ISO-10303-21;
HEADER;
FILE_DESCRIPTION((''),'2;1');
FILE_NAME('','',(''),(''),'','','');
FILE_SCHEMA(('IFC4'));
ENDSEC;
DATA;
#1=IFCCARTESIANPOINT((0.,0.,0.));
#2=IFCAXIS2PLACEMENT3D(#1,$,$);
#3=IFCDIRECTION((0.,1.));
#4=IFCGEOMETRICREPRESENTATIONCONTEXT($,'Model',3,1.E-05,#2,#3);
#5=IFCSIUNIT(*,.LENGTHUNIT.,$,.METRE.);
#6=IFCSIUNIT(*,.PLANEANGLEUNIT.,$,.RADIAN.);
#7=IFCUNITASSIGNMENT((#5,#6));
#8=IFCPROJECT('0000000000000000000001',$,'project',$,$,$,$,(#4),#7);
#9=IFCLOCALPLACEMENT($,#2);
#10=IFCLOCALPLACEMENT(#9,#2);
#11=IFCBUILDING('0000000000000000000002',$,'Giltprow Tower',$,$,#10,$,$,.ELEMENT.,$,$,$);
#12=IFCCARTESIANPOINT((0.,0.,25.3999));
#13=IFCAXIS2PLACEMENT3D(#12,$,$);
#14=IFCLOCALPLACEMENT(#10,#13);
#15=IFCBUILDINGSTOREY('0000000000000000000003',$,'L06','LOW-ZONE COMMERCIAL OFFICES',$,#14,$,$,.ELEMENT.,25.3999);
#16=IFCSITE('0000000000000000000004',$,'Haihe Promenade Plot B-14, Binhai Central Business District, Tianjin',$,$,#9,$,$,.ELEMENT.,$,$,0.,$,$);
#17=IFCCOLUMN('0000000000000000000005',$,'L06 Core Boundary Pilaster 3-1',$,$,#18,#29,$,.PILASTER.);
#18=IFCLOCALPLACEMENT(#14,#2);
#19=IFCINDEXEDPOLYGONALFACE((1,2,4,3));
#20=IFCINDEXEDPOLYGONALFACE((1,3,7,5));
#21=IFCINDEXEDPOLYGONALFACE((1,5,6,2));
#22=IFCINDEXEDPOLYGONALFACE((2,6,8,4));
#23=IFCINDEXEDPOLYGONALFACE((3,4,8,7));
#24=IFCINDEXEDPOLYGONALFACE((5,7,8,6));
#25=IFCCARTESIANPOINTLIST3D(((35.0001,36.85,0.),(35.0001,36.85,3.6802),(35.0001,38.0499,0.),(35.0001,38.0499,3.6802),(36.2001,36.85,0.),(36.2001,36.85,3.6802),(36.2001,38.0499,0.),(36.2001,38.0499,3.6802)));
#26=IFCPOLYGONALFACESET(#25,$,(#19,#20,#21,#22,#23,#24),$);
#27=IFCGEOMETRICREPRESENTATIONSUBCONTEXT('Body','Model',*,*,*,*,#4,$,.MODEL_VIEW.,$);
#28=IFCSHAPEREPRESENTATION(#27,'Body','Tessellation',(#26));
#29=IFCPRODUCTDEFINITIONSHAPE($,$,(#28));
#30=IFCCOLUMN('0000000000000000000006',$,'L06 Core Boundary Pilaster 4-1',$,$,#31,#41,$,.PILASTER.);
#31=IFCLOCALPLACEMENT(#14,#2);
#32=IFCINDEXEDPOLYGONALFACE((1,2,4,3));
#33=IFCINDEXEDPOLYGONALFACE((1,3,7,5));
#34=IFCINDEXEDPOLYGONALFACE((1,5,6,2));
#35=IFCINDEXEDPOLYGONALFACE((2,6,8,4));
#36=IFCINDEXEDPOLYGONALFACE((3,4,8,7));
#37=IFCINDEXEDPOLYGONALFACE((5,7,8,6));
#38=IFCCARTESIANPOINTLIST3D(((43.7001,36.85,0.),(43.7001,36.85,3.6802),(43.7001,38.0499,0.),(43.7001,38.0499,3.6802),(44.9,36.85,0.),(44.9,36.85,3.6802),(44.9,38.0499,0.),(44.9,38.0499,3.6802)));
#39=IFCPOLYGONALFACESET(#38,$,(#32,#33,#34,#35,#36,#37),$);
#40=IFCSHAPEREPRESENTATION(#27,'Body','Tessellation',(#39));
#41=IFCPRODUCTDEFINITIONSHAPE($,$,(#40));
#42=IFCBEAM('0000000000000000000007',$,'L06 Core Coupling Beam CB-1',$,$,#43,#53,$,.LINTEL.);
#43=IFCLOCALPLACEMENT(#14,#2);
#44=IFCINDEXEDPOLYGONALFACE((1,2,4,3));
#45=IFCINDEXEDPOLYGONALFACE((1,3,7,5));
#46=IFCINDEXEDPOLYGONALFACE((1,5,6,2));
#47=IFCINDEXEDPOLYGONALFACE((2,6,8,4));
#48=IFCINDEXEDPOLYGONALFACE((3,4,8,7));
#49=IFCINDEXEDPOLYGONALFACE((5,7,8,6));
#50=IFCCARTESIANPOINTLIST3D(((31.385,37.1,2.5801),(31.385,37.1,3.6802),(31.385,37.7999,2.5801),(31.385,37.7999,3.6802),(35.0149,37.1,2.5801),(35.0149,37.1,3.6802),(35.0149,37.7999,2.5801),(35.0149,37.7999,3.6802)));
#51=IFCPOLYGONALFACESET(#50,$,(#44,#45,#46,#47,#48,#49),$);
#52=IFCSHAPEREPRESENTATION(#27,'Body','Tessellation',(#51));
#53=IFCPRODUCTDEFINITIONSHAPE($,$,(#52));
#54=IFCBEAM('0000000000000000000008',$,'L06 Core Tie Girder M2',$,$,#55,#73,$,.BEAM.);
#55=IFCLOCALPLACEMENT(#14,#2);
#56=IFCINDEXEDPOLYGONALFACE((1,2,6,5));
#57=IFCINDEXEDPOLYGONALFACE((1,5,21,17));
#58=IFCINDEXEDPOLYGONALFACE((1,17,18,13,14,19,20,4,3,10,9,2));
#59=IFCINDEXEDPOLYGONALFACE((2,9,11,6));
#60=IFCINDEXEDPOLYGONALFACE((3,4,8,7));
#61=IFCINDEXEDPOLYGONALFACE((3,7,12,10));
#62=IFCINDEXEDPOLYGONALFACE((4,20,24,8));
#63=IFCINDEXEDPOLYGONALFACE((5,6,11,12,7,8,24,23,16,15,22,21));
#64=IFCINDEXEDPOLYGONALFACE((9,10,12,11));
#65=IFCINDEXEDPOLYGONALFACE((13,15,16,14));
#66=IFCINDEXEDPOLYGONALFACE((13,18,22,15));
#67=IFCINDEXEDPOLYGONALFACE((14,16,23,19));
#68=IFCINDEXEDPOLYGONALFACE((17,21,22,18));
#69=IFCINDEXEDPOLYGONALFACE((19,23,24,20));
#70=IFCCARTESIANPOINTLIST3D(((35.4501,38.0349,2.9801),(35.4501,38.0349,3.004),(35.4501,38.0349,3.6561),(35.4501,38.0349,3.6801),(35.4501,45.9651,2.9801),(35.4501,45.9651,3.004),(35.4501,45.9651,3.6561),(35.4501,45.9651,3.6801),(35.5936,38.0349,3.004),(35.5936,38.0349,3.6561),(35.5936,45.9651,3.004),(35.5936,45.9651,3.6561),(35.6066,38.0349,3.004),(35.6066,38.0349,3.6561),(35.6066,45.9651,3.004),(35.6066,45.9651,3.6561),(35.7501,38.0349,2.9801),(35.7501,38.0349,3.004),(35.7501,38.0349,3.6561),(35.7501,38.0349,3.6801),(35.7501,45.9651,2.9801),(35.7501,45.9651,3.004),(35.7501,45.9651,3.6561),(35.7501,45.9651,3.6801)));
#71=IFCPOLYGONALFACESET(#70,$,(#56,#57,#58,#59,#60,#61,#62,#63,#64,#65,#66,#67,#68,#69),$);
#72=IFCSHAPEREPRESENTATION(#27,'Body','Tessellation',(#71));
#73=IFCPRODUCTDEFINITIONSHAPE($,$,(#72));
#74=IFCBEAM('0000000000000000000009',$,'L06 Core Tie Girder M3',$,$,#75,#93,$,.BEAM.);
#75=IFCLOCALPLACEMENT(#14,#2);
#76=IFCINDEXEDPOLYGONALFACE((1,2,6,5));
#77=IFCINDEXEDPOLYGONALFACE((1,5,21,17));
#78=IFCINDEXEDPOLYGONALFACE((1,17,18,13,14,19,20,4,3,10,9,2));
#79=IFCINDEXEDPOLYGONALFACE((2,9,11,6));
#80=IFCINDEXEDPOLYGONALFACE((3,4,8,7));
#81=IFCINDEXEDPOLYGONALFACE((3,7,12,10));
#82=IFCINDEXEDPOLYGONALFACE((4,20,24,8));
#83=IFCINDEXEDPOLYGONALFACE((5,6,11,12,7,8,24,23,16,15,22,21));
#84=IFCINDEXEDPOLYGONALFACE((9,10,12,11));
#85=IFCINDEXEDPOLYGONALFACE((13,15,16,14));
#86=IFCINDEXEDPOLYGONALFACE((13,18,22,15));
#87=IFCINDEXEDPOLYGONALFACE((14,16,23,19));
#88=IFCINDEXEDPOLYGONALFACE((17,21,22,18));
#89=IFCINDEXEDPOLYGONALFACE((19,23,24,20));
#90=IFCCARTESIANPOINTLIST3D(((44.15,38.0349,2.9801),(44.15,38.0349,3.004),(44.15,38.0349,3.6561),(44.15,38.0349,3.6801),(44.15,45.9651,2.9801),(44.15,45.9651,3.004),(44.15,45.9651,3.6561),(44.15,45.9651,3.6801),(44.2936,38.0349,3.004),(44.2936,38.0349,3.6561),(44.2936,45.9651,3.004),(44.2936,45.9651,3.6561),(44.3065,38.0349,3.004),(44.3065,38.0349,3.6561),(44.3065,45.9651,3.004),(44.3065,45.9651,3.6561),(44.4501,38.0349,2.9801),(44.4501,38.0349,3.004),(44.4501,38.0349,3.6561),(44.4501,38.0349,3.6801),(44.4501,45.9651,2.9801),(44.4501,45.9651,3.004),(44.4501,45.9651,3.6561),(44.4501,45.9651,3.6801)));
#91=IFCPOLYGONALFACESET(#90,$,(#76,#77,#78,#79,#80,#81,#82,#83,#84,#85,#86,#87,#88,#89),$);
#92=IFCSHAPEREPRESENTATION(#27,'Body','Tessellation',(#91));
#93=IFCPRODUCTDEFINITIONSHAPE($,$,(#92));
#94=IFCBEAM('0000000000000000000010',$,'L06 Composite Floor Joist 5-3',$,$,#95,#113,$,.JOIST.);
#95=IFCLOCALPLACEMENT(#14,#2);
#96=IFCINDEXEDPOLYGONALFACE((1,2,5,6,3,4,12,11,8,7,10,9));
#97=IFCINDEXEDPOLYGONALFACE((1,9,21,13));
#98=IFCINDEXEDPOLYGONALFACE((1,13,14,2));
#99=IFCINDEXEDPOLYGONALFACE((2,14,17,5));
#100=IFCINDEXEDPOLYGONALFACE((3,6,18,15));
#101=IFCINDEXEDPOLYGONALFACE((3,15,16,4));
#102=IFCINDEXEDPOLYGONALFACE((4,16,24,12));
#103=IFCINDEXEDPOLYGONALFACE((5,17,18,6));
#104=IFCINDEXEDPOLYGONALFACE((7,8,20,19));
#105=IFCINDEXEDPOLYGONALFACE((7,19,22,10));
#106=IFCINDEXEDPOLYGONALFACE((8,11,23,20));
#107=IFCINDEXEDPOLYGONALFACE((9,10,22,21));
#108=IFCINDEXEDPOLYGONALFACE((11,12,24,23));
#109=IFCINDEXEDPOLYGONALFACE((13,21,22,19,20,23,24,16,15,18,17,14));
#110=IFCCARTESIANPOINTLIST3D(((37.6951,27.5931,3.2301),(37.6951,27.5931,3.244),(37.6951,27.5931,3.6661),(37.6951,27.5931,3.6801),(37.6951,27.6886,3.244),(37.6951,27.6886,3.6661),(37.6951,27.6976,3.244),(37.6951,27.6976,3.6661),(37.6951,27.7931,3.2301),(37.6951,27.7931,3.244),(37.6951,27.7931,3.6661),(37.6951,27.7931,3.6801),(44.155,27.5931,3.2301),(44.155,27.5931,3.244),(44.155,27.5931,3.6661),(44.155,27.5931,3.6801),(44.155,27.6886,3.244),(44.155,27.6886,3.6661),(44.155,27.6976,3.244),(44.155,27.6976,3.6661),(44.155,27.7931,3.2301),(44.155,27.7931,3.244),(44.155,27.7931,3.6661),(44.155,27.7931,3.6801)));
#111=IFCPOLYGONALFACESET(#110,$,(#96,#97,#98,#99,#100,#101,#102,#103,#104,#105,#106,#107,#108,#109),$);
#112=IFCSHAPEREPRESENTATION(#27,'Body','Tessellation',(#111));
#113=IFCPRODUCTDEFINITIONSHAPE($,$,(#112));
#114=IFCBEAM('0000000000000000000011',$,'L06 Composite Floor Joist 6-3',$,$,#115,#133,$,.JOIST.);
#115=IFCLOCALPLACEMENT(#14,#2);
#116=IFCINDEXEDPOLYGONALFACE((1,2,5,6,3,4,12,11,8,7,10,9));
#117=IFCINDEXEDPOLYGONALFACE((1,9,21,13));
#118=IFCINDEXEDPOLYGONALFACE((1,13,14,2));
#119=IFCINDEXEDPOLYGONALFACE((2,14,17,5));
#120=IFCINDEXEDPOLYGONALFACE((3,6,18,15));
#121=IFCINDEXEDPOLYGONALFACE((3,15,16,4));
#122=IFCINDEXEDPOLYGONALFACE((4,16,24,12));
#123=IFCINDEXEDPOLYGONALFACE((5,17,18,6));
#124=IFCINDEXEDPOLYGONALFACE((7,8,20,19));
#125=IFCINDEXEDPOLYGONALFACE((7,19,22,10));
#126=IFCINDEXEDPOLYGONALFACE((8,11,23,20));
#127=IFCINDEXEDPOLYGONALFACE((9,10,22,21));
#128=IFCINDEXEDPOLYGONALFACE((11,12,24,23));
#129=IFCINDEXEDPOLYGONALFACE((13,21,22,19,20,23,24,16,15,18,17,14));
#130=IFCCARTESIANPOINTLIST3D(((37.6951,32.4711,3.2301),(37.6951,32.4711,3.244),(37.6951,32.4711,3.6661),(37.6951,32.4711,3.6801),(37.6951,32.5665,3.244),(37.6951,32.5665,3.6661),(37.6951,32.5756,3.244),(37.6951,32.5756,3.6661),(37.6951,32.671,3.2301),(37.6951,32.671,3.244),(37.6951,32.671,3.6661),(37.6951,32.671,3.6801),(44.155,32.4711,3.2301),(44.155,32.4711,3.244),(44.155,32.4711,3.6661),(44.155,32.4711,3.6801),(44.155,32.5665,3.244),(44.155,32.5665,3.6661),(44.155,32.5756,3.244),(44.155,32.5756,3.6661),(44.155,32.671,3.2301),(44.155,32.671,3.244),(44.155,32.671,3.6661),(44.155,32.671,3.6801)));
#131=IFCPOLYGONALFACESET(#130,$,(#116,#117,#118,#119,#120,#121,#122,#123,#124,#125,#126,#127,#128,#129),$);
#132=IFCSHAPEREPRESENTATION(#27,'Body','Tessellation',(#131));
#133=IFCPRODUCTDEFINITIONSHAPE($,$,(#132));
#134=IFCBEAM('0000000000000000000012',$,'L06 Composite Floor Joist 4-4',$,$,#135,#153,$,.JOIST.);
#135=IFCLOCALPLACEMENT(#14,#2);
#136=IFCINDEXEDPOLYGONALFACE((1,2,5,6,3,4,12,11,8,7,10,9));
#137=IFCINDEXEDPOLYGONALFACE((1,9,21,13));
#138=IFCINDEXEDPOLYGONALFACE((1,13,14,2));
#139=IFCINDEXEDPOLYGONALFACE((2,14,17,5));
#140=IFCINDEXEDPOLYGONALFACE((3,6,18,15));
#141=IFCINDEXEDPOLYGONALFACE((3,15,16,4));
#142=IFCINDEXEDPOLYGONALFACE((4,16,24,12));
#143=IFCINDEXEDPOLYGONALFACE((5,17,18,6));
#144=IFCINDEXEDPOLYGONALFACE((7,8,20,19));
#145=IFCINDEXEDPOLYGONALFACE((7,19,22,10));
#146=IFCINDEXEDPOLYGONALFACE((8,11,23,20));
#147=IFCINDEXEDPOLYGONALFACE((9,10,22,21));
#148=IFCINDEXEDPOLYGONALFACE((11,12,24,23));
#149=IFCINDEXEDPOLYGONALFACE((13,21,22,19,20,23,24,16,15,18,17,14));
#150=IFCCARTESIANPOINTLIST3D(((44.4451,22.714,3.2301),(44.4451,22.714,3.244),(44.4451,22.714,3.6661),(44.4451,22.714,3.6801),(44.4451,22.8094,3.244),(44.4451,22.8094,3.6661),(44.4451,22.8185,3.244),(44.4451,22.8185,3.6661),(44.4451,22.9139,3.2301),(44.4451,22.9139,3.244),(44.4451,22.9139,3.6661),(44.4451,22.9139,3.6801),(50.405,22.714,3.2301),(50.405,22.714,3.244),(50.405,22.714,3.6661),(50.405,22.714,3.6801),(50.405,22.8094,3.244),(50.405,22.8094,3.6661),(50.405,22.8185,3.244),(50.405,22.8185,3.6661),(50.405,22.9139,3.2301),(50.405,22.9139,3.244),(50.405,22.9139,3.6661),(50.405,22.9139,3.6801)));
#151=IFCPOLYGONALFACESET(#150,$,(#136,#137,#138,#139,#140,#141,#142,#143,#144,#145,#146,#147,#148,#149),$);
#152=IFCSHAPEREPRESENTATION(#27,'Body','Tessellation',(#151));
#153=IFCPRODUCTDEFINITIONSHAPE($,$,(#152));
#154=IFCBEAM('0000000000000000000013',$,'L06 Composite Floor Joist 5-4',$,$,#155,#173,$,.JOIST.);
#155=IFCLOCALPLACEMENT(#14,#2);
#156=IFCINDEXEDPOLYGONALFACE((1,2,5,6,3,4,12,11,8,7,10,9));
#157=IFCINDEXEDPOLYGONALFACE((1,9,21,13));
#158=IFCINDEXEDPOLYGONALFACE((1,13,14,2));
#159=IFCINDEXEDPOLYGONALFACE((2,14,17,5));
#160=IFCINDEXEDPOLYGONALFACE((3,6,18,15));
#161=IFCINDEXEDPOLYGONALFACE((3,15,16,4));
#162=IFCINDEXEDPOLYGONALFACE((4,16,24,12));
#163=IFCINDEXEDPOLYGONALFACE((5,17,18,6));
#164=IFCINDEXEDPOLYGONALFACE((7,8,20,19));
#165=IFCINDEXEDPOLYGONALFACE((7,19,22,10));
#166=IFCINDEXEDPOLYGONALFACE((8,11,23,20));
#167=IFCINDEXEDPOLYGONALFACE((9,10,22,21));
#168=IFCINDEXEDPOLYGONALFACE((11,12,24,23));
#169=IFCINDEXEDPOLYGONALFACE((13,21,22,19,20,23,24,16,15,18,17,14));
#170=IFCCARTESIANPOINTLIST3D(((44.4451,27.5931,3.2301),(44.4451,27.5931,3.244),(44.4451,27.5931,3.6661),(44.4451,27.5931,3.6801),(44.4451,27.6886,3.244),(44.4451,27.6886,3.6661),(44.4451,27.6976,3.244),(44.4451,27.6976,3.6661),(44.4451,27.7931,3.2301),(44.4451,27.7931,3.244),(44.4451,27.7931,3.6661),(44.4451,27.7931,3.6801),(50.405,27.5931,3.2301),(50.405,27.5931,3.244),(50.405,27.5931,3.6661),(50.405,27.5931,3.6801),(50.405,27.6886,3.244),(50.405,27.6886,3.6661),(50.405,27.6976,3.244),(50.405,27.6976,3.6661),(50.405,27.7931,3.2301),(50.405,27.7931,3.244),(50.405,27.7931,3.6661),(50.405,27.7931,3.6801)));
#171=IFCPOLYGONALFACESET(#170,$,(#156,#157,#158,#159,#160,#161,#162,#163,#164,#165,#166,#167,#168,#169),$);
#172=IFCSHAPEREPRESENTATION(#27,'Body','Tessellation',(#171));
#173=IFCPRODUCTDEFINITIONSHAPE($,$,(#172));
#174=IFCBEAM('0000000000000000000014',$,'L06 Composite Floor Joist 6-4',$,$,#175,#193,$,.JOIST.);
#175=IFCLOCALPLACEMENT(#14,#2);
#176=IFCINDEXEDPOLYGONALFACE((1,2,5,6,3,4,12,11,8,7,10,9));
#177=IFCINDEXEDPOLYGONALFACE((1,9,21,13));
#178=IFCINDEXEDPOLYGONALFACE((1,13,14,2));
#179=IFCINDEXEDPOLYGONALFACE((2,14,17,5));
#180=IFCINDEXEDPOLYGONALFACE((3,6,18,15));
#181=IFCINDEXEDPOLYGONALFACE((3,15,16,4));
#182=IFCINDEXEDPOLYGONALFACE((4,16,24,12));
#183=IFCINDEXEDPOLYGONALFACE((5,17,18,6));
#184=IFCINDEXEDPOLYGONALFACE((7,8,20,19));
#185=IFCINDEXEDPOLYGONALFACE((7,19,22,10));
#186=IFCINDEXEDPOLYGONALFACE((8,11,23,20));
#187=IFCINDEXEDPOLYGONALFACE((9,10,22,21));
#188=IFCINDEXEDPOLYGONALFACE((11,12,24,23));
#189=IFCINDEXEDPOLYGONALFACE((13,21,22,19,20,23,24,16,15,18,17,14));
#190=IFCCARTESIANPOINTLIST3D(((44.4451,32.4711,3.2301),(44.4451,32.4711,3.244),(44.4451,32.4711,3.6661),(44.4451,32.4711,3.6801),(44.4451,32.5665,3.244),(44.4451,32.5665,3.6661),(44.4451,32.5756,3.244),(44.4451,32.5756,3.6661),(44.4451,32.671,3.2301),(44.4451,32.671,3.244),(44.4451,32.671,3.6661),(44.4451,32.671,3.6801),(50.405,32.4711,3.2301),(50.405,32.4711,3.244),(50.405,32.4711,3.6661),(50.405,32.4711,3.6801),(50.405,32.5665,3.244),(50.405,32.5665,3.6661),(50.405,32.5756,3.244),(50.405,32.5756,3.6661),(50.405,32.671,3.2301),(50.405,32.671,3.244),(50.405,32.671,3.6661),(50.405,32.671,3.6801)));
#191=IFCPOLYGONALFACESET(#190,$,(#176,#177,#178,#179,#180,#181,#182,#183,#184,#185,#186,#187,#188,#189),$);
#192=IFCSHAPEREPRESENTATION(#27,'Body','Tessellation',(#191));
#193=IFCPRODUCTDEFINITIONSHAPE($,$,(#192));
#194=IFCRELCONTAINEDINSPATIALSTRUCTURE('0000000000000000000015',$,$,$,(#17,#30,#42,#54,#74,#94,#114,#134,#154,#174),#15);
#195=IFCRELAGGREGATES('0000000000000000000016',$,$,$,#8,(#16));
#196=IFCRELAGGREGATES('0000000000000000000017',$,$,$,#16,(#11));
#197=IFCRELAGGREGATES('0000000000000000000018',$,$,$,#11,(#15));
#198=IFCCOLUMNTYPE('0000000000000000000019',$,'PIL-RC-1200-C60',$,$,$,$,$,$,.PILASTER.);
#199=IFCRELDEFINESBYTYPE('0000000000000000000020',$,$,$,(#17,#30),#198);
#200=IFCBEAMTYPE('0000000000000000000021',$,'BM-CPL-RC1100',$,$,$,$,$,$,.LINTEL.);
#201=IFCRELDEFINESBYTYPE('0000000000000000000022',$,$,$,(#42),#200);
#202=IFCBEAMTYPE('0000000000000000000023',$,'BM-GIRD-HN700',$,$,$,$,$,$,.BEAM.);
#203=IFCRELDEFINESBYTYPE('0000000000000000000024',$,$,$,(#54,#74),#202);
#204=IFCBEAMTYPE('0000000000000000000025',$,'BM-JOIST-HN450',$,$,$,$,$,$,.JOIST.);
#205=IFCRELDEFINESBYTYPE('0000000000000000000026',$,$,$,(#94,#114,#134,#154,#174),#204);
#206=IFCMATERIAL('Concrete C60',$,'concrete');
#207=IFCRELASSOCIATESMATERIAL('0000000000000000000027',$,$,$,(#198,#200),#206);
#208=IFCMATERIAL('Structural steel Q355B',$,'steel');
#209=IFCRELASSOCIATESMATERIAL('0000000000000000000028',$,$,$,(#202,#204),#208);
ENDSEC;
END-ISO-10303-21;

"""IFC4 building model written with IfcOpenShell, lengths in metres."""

from ifc_helpers import new_model, si_unit, direction, frame, origin, origin_2d, place, context, subcontext, project, spatial, rectangle, i_section, extrude, source, transform, mapped, material, material_profile, profile_set, type_object, element, save


model = new_model("IFC4")

# Units and contexts
model_context = context("Model", 3, precision=1e-05, world=origin(), true_north=direction((0.0, 1.0)))
body_context = subcontext(model_context, "Body", "Model", "MODEL_VIEW")
ifc_project = project(units=[si_unit("LENGTHUNIT", "METRE"), si_unit("PLANEANGLEUNIT", "RADIAN")], contexts=[model_context])

# Site, building, storey
site_placement = place(None, origin())
site = spatial("IfcSite", under=ifc_project, at=site_placement, Name="Haihe Promenade Plot B-14, Binhai Central Business District, Tianjin", CompositionType="ELEMENT", RefElevation=0.0)
building_placement = place(site_placement, origin())
building = spatial("IfcBuilding", under=site, at=building_placement, Name="Giltprow Tower", CompositionType="ELEMENT")
storey_placement = place(building_placement, frame((0.0, 0.0, 25.3999)))
storey = spatial("IfcBuildingStorey", under=building, at=storey_placement, Name="L06", Description="LOW-ZONE COMMERCIAL OFFICES", CompositionType="ELEMENT", Elevation=25.3999)

# Columns
ifc_material_1 = material(Name="Concrete C60", Category="concrete")
ifc_material_profile_1 = material_profile(ifc_material_1, rectangle(XDim=1.2, YDim=1.2, at=origin_2d()), Name="RC 1200x1200")
ifc_profile_set_1 = profile_set([ifc_material_profile_1], Name="Concrete C60")
column_type = type_object("IfcColumnType", Name="PIL-RC-1200-C60", PredefinedType="PILASTER", material=ifc_profile_set_1)
shared_shape_1 = source(origin(), body_context, "Body", "SweptSolid", [
    extrude(rectangle(XDim=1.2, YDim=1.2, at=origin_2d()), origin(), (0.0, 0.0, 1.0), 3.6802),
])
for number, where, z_axis, x_axis, name in (
    (1, (35.6001, 37.45, 0.0), (0.0, 0.0, 1.0), (1.0, 0.0, 0.0), "L06 Core Boundary Pilaster 3-1"),
    (2, (44.3, 37.45, 0.0), (0.0, 0.0, 1.0), (1.0, 0.0, 0.0), "L06 Core Boundary Pilaster 4-1"),
):
    element("IfcColumn", number, at=place(storey_placement, frame(where, z_axis=z_axis, x_axis=x_axis)), inside=storey, type_object=column_type, Name=name, PredefinedType="PILASTER", context=body_context, shape_type="MappedRepresentation", body=[
        mapped(shared_shape_1, transform((0.0, 0.0, 0.0), x_axis=(1.0, 0.0, 0.0), y_axis=(0.0, 1.0, 0.0), z_axis=(0.0, 0.0, 1.0), scale=1.0)),
    ])

# Beams
ifc_material_profile_2 = material_profile(ifc_material_1, rectangle(XDim=0.7, YDim=1.1001, at=origin_2d()), Name="RC 1100x700")
ifc_profile_set_2 = profile_set([ifc_material_profile_2], Name="Concrete C60")
beam_type_1 = type_object("IfcBeamType", Name="BM-CPL-RC1100", PredefinedType="LINTEL", material=ifc_profile_set_2)
shared_shape_2 = source(origin(), body_context, "Body", "SweptSolid", [
    extrude(rectangle(XDim=0.7, YDim=1.1001, at=origin_2d()), origin(), (0.0, 0.0, 1.0), 3.6299),
])
beam_placement = place(storey_placement, frame((31.385, 37.45, 3.1301), z_axis=(1.0, 0.0, 0.0), x_axis=(0.0, 1.0, 0.0)))
element("IfcBeam", 3, at=beam_placement, inside=storey, type_object=beam_type_1, Name="L06 Core Coupling Beam CB-1", PredefinedType="LINTEL", context=body_context, shape_type="MappedRepresentation", body=[
    mapped(shared_shape_2, transform((0.0, 0.0, 0.0), x_axis=(1.0, 0.0, 0.0), y_axis=(0.0, 1.0, 0.0), z_axis=(0.0, 0.0, 1.0), scale=1.0)),
])
ifc_material_2 = material(Name="Structural steel Q355B", Category="steel")
ifc_material_profile_3 = material_profile(ifc_material_2, i_section(OverallWidth=0.3, OverallDepth=0.7, WebThickness=0.0129, FlangeThickness=0.0239, at=origin_2d()), Name="HN 700x300x13x24")
ifc_profile_set_3 = profile_set([ifc_material_profile_3], Name="Structural steel Q355B")
beam_type_2 = type_object("IfcBeamType", Name="BM-GIRD-HN700", PredefinedType="BEAM", material=ifc_profile_set_3)
shared_shape_3 = source(origin(), body_context, "Body", "SweptSolid", [
    extrude(i_section(OverallWidth=0.3, OverallDepth=0.7, WebThickness=0.0129, FlangeThickness=0.0239, at=origin_2d()), origin(), (0.0, 0.0, 1.0), 7.9302),
])
for number, where, z_axis, x_axis, name in (
    (4, (35.6001, 38.0349, 3.3301), (0.0, 1.0, 0.0), (-1.0, 0.0, 0.0), "L06 Core Tie Girder M2"),
    (5, (44.3, 38.0349, 3.3301), (0.0, 1.0, 0.0), (-1.0, 0.0, 0.0), "L06 Core Tie Girder M3"),
):
    element("IfcBeam", number, at=place(storey_placement, frame(where, z_axis=z_axis, x_axis=x_axis)), inside=storey, type_object=beam_type_2, Name=name, PredefinedType="BEAM", context=body_context, shape_type="MappedRepresentation", body=[
        mapped(shared_shape_3, transform((0.0, 0.0, 0.0), x_axis=(1.0, 0.0, 0.0), y_axis=(0.0, 1.0, 0.0), z_axis=(0.0, 0.0, 1.0), scale=1.0)),
    ])
ifc_material_profile_4 = material_profile(ifc_material_2, i_section(OverallWidth=0.2, OverallDepth=0.45, WebThickness=0.009, FlangeThickness=0.0139, at=origin_2d()), Name="HN 450x200x9x14")
ifc_profile_set_4 = profile_set([ifc_material_profile_4], Name="Structural steel Q355B")
beam_type_3 = type_object("IfcBeamType", Name="BM-JOIST-HN450", PredefinedType="JOIST", material=ifc_profile_set_4)
shared_shape_4 = source(origin(), body_context, "Body", "SweptSolid", [
    extrude(i_section(OverallWidth=0.2, OverallDepth=0.45, WebThickness=0.009, FlangeThickness=0.0139, at=origin_2d()), origin(), (0.0, 0.0, 1.0), 6.46),
])
for number, where, z_axis, x_axis, name in (
    (6, (37.6951, 27.6931, 3.4551), (1.0, 0.0, 0.0), (0.0, 1.0, 0.0), "L06 Composite Floor Joist 5-3"),
    (7, (37.6951, 32.571, 3.4551), (1.0, 0.0, 0.0), (0.0, 1.0, 0.0), "L06 Composite Floor Joist 6-3"),
):
    element("IfcBeam", number, at=place(storey_placement, frame(where, z_axis=z_axis, x_axis=x_axis)), inside=storey, type_object=beam_type_3, Name=name, PredefinedType="JOIST", context=body_context, shape_type="MappedRepresentation", body=[
        mapped(shared_shape_4, transform((0.0, 0.0, 0.0), x_axis=(1.0, 0.0, 0.0), y_axis=(0.0, 1.0, 0.0), z_axis=(0.0, 0.0, 1.0), scale=1.0)),
    ])
shared_shape_5 = source(origin(), body_context, "Body", "SweptSolid", [
    extrude(i_section(OverallWidth=0.2, OverallDepth=0.45, WebThickness=0.009, FlangeThickness=0.0139, at=origin_2d()), origin(), (0.0, 0.0, 1.0), 5.96),
])
for number, where, z_axis, x_axis, name in (
    (8, (44.4451, 22.814, 3.4551), (1.0, 0.0, 0.0), (0.0, 1.0, 0.0), "L06 Composite Floor Joist 4-4"),
    (9, (44.4451, 27.6931, 3.4551), (1.0, 0.0, 0.0), (0.0, 1.0, 0.0), "L06 Composite Floor Joist 5-4"),
    (10, (44.4451, 32.571, 3.4551), (1.0, 0.0, 0.0), (0.0, 1.0, 0.0), "L06 Composite Floor Joist 6-4"),
):
    element("IfcBeam", number, at=place(storey_placement, frame(where, z_axis=z_axis, x_axis=x_axis)), inside=storey, type_object=beam_type_3, Name=name, PredefinedType="JOIST", context=body_context, shape_type="MappedRepresentation", body=[
        mapped(shared_shape_5, transform((0.0, 0.0, 0.0), x_axis=(1.0, 0.0, 0.0), y_axis=(0.0, 1.0, 0.0), z_axis=(0.0, 0.0, 1.0), scale=1.0)),
    ])

save(model, "model.ifc")
